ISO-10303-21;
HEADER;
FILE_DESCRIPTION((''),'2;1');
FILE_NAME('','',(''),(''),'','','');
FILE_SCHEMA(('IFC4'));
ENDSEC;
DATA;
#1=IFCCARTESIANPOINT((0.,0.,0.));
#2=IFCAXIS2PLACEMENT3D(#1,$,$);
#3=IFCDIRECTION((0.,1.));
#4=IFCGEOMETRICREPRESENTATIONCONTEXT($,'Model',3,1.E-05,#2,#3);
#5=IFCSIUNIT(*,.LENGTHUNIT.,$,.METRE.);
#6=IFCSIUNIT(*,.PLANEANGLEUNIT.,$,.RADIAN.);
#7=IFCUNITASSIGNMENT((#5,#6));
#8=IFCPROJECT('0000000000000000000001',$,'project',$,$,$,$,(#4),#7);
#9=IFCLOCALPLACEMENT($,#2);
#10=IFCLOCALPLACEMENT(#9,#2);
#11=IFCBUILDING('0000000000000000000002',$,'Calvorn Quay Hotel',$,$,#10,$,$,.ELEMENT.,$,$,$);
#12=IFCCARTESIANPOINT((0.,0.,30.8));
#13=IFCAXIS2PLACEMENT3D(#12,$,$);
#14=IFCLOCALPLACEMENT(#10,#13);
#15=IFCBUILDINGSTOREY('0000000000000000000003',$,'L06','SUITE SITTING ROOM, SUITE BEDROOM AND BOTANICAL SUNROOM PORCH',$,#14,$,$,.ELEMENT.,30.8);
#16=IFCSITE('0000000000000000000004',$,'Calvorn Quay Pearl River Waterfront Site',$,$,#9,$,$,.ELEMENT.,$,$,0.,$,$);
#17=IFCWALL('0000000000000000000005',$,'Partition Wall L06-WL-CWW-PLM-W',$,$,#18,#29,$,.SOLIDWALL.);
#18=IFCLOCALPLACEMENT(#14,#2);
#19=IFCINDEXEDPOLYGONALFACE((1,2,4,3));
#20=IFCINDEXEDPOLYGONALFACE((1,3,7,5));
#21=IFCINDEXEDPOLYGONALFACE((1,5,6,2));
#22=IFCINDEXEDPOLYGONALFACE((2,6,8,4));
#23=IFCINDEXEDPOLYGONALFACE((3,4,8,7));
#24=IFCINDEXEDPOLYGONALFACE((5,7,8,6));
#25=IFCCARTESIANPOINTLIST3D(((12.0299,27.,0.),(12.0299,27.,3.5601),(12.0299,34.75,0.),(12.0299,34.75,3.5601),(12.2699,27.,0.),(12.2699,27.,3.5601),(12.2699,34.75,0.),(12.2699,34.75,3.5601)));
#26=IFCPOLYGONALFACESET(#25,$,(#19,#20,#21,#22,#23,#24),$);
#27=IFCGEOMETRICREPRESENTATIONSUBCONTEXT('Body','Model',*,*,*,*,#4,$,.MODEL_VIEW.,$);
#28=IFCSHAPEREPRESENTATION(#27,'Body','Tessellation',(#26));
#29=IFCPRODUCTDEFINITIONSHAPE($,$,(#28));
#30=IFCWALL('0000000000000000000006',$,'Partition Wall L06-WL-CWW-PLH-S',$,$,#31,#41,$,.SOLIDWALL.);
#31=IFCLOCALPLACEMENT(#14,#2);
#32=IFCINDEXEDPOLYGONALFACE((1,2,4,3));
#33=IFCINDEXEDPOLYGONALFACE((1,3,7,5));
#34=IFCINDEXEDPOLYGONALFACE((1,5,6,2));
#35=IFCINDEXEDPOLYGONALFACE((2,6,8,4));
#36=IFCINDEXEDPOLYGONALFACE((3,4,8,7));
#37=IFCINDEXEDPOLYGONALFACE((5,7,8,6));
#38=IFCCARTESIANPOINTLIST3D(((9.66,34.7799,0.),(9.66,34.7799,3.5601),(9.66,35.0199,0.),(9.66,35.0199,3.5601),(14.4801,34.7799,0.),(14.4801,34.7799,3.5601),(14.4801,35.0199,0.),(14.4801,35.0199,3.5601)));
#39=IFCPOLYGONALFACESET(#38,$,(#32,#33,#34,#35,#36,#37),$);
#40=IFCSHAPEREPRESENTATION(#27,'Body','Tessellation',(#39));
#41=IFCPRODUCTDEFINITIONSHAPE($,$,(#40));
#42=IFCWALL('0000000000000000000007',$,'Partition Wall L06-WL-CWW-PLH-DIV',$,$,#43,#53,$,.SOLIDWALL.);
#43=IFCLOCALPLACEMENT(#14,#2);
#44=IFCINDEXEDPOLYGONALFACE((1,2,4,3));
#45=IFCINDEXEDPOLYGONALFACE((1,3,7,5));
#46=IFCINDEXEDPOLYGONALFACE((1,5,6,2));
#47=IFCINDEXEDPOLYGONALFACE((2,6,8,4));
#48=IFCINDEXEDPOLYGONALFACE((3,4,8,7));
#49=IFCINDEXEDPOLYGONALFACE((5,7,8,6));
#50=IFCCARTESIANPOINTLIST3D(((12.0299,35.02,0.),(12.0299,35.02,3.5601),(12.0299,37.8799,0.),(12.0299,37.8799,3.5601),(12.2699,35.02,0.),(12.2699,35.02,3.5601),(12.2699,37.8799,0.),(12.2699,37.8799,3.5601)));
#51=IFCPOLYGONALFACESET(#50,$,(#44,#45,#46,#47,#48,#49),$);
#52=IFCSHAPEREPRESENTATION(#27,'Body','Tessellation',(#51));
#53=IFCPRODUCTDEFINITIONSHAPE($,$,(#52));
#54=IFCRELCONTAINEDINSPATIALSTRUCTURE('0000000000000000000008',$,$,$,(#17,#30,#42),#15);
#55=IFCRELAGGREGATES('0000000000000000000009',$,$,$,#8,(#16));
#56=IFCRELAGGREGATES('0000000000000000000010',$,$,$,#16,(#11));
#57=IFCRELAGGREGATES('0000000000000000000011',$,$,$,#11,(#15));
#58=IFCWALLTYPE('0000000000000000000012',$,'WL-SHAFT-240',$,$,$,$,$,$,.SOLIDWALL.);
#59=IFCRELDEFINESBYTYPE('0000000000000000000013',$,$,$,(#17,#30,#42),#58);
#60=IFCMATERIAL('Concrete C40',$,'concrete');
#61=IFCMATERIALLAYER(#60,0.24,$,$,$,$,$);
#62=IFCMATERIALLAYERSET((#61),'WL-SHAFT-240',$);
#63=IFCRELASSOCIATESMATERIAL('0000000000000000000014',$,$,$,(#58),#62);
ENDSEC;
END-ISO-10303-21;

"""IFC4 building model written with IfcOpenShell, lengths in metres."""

from ifc_helpers import new_model, si_unit, direction, frame, frame_2d, origin, place, context, subcontext, project, spatial, rectangle, extrude, material, layer, layer_set, type_object, element, save


model = new_model("IFC4")

# Units and contexts
model_context = context("Model", 3, precision=1e-05, world=origin(), true_north=direction((0.0, 1.0)))
body_context = subcontext(model_context, "Body", "Model", "MODEL_VIEW")
ifc_project = project(units=[si_unit("LENGTHUNIT", "METRE"), si_unit("PLANEANGLEUNIT", "RADIAN")], contexts=[model_context])

# Site, building, storey
site_placement = place(None, origin())
site = spatial("IfcSite", under=ifc_project, at=site_placement, Name="Calvorn Quay Pearl River Waterfront Site", CompositionType="ELEMENT", RefElevation=0.0)
building_placement = place(site_placement, origin())
building = spatial("IfcBuilding", under=site, at=building_placement, Name="Calvorn Quay Hotel", CompositionType="ELEMENT")
storey_placement = place(building_placement, frame((0.0, 0.0, 30.8)))
storey = spatial("IfcBuildingStorey", under=building, at=storey_placement, Name="L06", Description="SUITE SITTING ROOM, SUITE BEDROOM AND BOTANICAL SUNROOM PORCH", CompositionType="ELEMENT", Elevation=30.8)

# Shared definitions
ifc_material_1 = material(Name="Concrete C40", Category="concrete")
ifc_layer_1 = layer(ifc_material_1, 0.24)
ifc_layer_set_1 = layer_set([ifc_layer_1], Name="WL-SHAFT-240")
wall_type_1 = type_object("IfcWallType", Name="WL-SHAFT-240", PredefinedType="SOLIDWALL", material=ifc_layer_set_1)

# Walls
wall_1_placement = place(storey_placement, frame((12.1499, 27.0, 0.0), z_axis=(0.0, 0.0, 1.0), x_axis=(0.0, 1.0, 0.0)))
element("IfcWall", 1, at=wall_1_placement, inside=storey, type_object=wall_type_1, Name="Partition Wall L06-WL-CWW-PLM-W", PredefinedType="SOLIDWALL", context=body_context, shape_type="SweptSolid", body=[
    extrude(rectangle(XDim=7.75, YDim=0.24, at=frame_2d((3.875, 0.0))), origin(), (0.0, 0.0, 1.0), 3.5601),
])
wall_2_placement = place(storey_placement, frame((9.6599, 34.8999, 0.0), z_axis=(0.0, 0.0, 1.0), x_axis=(1.0, 0.0, 0.0)))
element("IfcWall", 2, at=wall_2_placement, inside=storey, type_object=wall_type_1, Name="Partition Wall L06-WL-CWW-PLH-S", PredefinedType="SOLIDWALL", context=body_context, shape_type="SweptSolid", body=[
    extrude(rectangle(XDim=4.8201, YDim=0.24, at=frame_2d((2.4102, 0.0))), origin(), (0.0, 0.0, 1.0), 3.5601),
])
wall_3_placement = place(storey_placement, frame((12.1499, 35.02, 0.0), z_axis=(0.0, 0.0, 1.0), x_axis=(0.0, 1.0, 0.0)))
element("IfcWall", 3, at=wall_3_placement, inside=storey, type_object=wall_type_1, Name="Partition Wall L06-WL-CWW-PLH-DIV", PredefinedType="SOLIDWALL", context=body_context, shape_type="SweptSolid", body=[
    extrude(rectangle(XDim=2.8599, YDim=0.24, at=frame_2d((1.4299, 0.0))), origin(), (0.0, 0.0, 1.0), 3.5601),
])

save(model, "model.ifc")
